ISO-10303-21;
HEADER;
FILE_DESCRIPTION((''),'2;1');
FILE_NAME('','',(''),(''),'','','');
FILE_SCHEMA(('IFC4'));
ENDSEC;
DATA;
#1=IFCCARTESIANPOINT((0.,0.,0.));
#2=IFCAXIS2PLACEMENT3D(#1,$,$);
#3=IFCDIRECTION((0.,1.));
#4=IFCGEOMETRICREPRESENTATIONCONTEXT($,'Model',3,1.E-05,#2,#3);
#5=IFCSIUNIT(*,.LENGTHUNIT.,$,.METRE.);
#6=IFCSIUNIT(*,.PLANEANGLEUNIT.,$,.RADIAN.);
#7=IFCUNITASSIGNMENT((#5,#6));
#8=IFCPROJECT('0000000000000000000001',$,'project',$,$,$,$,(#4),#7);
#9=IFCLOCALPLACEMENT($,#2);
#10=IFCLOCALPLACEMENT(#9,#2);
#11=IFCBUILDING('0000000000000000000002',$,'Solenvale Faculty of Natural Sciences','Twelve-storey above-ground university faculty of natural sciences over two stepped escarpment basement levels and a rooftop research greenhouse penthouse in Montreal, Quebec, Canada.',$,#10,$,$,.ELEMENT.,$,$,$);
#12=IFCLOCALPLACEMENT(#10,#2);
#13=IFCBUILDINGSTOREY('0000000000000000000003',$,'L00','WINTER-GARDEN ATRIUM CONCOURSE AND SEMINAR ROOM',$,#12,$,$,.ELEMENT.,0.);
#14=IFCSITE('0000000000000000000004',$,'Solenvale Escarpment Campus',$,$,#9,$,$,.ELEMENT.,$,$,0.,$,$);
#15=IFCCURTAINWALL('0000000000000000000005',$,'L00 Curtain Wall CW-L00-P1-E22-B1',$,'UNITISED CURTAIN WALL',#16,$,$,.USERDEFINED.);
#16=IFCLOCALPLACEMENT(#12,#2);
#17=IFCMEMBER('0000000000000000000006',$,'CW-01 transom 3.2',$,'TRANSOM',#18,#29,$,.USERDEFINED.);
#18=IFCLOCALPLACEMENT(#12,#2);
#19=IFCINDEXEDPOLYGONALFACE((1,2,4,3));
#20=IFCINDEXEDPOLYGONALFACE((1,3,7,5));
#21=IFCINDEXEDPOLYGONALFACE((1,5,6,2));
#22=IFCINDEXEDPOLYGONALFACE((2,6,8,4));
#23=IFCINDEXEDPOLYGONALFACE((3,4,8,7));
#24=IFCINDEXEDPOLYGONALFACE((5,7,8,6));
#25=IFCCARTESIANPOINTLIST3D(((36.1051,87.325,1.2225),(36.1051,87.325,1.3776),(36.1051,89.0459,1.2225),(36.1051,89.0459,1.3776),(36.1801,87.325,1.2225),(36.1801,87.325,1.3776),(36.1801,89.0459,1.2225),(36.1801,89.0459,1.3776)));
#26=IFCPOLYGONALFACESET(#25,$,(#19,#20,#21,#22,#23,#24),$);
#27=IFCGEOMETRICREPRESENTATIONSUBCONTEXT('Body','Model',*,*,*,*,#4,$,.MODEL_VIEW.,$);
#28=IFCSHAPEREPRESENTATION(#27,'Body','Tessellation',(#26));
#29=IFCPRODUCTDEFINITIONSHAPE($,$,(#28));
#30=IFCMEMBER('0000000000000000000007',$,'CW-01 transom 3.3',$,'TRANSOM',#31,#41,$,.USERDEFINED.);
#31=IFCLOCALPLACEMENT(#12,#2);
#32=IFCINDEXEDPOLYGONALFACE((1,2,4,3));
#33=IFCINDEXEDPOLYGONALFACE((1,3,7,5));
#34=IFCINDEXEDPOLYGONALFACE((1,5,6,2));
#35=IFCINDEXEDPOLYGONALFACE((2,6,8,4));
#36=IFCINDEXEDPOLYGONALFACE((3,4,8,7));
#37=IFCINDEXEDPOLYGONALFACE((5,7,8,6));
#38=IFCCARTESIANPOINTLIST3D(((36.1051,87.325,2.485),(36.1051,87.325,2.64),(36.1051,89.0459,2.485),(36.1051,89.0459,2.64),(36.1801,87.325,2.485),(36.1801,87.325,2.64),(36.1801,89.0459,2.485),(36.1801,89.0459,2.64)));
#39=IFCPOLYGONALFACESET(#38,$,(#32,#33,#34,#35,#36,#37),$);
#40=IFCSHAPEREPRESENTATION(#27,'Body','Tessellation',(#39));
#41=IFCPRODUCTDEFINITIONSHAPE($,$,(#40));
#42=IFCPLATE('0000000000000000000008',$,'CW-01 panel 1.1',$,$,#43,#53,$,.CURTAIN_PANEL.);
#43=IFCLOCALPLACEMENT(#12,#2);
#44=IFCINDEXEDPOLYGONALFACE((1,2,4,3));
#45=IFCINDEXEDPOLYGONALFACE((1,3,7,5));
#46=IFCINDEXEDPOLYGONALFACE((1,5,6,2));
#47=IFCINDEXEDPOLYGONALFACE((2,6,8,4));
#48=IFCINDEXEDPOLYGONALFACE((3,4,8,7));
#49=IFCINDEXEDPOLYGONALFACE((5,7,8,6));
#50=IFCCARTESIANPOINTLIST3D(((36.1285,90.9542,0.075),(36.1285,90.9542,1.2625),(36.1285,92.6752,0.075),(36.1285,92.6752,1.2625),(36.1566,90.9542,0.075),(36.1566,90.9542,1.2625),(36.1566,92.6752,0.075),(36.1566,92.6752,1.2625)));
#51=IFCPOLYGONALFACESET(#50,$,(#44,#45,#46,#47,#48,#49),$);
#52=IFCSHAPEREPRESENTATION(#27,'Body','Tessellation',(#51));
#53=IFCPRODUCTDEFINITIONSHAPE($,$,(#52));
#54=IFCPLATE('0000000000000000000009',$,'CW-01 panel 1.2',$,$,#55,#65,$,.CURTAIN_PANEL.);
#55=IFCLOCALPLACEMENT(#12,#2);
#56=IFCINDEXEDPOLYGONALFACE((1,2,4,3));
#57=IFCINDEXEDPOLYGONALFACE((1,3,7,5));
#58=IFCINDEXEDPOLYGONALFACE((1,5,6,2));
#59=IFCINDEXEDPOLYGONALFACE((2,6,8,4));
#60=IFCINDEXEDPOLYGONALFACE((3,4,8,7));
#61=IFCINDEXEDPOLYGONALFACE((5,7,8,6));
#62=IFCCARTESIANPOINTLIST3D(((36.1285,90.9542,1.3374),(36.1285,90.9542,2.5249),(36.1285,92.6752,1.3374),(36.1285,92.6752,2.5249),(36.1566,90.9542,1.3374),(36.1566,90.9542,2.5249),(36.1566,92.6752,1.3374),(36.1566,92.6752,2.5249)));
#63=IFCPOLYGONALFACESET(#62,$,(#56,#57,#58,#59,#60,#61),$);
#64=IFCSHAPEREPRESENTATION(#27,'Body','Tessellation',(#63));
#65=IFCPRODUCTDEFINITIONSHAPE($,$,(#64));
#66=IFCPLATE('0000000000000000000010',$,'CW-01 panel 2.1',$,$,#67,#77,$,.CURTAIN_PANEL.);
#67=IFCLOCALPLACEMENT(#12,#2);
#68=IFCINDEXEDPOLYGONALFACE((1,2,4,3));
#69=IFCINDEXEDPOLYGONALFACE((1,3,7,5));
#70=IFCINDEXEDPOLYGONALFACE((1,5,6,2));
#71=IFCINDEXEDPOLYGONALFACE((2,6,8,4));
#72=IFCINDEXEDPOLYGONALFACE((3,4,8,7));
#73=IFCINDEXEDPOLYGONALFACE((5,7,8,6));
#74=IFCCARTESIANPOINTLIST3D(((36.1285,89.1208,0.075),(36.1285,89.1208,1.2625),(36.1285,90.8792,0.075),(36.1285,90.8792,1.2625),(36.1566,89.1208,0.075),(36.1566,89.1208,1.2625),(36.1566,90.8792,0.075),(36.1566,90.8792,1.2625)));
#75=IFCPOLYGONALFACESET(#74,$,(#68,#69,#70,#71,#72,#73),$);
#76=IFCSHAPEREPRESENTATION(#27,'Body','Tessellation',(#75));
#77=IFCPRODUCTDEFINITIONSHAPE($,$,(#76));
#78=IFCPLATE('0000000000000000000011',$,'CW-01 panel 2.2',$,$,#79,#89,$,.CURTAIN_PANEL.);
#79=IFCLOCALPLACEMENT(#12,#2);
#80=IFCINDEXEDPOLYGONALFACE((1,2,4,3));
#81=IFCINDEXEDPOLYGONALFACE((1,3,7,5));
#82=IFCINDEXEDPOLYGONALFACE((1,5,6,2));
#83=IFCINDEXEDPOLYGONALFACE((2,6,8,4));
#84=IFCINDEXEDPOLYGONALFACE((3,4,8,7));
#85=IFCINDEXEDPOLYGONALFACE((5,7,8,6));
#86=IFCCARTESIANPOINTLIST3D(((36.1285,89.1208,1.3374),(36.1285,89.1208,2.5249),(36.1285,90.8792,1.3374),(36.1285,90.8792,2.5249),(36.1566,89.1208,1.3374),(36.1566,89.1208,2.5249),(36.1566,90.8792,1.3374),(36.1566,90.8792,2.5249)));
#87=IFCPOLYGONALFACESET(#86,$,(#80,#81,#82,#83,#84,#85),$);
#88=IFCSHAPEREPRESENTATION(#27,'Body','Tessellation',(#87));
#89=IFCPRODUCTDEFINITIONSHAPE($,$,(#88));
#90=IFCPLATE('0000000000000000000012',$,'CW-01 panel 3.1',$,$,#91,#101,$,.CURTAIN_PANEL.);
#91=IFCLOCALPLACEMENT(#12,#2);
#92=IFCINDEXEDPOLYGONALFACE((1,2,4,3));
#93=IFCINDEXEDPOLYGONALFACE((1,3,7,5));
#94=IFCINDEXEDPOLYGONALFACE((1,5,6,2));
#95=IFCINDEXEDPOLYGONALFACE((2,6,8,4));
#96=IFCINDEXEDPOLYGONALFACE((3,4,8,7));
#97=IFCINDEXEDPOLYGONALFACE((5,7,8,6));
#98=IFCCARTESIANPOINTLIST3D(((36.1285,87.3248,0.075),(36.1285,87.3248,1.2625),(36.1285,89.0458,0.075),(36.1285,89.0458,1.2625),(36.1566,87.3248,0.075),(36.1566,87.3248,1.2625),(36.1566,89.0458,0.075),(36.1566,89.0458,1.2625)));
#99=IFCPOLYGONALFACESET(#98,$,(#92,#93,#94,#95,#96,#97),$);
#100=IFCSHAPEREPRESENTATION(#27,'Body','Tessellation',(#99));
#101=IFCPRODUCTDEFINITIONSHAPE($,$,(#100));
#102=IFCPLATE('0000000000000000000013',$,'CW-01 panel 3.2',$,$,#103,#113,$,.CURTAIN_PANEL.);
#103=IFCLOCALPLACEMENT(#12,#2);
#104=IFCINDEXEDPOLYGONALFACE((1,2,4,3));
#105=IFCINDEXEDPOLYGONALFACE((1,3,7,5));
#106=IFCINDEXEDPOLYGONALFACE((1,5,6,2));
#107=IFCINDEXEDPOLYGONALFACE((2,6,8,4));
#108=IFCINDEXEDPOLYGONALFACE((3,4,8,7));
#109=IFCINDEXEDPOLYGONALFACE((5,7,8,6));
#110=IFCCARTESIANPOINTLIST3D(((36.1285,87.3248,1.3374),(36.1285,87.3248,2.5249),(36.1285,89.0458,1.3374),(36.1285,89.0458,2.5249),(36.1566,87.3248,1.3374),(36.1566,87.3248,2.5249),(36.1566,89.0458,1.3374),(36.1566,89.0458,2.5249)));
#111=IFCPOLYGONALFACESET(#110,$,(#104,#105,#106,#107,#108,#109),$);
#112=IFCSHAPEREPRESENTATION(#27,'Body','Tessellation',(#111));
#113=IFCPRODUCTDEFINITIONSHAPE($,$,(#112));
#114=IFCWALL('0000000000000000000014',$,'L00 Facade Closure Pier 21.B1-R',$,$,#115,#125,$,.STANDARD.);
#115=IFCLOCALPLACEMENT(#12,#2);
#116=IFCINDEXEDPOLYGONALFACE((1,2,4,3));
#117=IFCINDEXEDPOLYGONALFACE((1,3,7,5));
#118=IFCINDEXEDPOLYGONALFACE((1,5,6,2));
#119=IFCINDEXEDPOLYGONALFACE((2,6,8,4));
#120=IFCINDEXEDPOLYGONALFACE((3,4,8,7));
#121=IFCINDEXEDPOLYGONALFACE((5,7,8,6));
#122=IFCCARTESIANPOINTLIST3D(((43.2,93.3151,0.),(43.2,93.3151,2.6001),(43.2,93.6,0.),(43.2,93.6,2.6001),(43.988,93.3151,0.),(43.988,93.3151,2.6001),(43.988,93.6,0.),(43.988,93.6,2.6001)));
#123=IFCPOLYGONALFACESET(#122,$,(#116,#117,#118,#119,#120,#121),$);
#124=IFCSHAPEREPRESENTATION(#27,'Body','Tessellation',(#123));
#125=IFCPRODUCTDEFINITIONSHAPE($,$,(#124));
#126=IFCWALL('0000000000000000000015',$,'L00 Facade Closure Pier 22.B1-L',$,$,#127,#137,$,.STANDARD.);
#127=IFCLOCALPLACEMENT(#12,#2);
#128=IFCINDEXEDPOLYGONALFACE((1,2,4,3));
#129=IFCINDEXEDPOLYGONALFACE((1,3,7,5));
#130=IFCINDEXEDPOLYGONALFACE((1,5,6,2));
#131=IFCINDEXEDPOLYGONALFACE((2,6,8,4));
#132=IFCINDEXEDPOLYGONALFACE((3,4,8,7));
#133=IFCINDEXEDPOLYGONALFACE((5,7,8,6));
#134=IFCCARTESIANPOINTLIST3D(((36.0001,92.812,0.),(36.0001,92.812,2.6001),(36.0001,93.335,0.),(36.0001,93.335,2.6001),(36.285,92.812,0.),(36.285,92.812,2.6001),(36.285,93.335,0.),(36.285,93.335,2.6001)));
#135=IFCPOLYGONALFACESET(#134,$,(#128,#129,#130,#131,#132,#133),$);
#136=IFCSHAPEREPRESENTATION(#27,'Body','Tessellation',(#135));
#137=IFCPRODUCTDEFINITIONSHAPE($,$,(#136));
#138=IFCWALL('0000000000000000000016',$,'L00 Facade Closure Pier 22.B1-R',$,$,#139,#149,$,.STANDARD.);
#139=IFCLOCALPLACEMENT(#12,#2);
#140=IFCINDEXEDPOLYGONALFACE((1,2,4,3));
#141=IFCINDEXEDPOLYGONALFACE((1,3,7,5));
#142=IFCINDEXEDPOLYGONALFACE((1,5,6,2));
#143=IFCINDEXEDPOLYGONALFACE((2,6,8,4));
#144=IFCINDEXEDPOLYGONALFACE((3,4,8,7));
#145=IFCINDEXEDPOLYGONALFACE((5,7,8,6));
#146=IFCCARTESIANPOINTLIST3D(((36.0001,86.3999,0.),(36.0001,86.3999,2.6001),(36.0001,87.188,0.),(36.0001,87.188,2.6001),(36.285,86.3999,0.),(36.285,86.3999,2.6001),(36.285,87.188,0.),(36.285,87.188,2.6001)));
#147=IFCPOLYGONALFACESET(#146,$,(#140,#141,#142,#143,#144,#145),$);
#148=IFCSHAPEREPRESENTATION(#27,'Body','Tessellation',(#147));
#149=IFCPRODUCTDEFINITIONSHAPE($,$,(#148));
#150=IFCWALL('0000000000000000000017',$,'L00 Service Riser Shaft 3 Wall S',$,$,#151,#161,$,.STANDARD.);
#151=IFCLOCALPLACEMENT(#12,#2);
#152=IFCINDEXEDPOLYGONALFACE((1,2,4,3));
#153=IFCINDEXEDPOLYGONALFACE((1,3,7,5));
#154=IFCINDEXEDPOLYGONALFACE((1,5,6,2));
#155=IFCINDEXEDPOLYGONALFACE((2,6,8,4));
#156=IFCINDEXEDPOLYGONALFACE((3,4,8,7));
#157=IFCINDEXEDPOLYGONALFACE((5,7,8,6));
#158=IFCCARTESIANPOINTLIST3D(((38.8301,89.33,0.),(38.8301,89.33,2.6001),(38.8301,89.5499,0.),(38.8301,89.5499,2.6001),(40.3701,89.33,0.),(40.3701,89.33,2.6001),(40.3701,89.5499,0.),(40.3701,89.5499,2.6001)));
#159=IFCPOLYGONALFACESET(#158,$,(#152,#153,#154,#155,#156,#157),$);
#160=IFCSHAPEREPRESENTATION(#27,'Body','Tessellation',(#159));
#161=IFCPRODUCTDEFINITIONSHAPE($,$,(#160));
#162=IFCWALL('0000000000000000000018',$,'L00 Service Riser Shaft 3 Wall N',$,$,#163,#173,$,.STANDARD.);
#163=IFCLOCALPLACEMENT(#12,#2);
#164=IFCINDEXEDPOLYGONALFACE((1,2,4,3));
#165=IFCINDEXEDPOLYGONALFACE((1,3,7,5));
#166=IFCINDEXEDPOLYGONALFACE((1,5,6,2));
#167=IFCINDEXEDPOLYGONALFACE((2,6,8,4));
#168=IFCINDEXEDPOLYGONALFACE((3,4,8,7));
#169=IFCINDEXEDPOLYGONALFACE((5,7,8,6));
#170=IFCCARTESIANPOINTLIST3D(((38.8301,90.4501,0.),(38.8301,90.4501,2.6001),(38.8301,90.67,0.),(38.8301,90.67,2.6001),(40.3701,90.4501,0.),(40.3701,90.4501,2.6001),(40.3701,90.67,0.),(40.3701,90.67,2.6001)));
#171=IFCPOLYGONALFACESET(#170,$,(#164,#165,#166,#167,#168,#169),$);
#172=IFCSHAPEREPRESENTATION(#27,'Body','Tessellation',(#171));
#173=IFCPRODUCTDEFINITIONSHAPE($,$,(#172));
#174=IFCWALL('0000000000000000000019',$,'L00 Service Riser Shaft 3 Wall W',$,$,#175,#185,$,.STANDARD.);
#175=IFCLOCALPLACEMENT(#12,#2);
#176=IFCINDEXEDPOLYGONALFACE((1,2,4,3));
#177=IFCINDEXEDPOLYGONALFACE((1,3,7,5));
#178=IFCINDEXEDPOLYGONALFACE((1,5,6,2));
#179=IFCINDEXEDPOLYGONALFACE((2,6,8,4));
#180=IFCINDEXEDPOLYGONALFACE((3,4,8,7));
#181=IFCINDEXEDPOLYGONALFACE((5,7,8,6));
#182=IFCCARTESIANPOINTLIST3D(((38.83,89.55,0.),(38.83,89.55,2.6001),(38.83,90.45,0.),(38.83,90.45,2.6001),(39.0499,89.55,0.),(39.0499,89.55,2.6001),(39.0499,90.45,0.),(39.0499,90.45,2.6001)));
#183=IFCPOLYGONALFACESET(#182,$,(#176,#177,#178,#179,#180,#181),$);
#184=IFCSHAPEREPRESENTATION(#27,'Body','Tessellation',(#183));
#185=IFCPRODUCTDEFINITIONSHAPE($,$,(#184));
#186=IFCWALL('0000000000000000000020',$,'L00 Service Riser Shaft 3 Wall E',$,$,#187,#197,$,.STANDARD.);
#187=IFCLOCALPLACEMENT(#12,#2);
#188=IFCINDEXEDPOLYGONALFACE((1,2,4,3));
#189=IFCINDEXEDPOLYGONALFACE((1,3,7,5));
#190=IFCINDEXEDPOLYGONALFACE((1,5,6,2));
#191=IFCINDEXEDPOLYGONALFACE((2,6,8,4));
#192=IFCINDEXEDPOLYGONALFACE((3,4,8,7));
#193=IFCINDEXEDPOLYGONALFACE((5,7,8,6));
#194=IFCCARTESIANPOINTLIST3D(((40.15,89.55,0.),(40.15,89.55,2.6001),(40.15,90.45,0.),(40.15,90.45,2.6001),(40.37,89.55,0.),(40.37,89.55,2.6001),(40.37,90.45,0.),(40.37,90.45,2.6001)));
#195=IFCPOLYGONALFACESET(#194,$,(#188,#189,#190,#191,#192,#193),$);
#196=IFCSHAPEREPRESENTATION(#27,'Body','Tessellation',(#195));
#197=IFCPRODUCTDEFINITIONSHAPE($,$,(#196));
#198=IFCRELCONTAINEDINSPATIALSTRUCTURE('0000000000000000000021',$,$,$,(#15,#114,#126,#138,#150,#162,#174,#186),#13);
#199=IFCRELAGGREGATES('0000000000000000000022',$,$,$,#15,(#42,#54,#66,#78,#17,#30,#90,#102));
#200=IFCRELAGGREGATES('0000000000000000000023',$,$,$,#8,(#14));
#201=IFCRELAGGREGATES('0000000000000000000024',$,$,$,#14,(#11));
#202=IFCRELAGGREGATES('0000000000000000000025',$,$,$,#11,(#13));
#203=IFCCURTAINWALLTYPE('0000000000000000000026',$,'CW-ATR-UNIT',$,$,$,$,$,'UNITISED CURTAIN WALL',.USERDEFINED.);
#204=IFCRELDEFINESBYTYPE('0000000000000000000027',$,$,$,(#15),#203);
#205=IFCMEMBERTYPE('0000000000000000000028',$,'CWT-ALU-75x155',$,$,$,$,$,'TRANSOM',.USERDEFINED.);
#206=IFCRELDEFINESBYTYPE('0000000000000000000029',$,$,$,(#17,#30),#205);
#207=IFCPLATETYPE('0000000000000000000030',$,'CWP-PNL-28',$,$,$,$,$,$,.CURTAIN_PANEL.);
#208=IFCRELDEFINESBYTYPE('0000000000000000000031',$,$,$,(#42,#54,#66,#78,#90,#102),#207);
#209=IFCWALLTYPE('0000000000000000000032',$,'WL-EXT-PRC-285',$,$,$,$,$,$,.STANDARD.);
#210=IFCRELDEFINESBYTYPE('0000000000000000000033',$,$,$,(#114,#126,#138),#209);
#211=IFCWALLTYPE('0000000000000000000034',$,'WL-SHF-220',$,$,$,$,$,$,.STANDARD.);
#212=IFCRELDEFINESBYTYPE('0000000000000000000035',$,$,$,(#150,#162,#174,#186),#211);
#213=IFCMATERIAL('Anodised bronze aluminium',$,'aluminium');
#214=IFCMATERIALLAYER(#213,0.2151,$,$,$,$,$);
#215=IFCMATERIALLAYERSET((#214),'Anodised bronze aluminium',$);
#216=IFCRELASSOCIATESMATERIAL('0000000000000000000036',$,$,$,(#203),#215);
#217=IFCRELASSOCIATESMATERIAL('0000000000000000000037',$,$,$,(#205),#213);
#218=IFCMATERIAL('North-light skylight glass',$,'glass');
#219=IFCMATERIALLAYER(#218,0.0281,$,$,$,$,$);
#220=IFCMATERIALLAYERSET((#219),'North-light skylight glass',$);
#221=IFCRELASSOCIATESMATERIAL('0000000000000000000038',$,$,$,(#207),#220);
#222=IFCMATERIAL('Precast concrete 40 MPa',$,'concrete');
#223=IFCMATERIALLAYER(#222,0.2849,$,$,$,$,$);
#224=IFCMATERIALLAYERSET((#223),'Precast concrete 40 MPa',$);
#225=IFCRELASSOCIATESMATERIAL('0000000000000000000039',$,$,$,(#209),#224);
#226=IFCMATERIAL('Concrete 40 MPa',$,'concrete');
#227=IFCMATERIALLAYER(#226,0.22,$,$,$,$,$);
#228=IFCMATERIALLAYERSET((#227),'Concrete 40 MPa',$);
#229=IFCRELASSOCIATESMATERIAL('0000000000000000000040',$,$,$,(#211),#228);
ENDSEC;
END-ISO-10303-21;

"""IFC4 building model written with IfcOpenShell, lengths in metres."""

from ifc_helpers import new_model, si_unit, direction, frame, frame_2d, origin, origin_2d, place, context, subcontext, project, spatial, rectangle, extrude, material, layer, layer_set, material_profile, profile_set, type_object, element, aggregate, save


model = new_model("IFC4")

# Units and contexts
model_context = context("Model", 3, precision=1e-05, world=origin(), true_north=direction((0.0, 1.0)))
body_context = subcontext(model_context, "Body", "Model", "MODEL_VIEW")
ifc_project = project(units=[si_unit("LENGTHUNIT", "METRE"), si_unit("PLANEANGLEUNIT", "RADIAN")], contexts=[model_context])

# Site, building, storey
site_placement = place(None, origin())
site = spatial("IfcSite", under=ifc_project, at=site_placement, Name="Solenvale Escarpment Campus", CompositionType="ELEMENT", RefElevation=0.0)
building_placement = place(site_placement, origin())
building = spatial("IfcBuilding", under=site, at=building_placement, Name="Solenvale Faculty of Natural Sciences", Description="Twelve-storey above-ground university faculty of natural sciences over two stepped escarpment basement levels and a rooftop research greenhouse penthouse in Montreal, Quebec, Canada.", CompositionType="ELEMENT")
storey_placement = place(building_placement, origin())
storey = spatial("IfcBuildingStorey", under=building, at=storey_placement, Name="L00", Description="WINTER-GARDEN ATRIUM CONCOURSE AND SEMINAR ROOM", CompositionType="ELEMENT", Elevation=0.0)

# Shared definitions
ifc_material_1 = material(Name="Concrete 40 MPa", Category="concrete")

# Curtain wall, members, plates
ifc_material_2 = material(Name="Anodised bronze aluminium", Category="aluminium")
ifc_layer_1 = layer(ifc_material_2, 0.2151)
ifc_layer_set_1 = layer_set([ifc_layer_1], Name="Anodised bronze aluminium")
curtain_wall_type = type_object("IfcCurtainWallType", Name="CW-ATR-UNIT", ElementType="UNITISED CURTAIN WALL", PredefinedType="USERDEFINED", material=ifc_layer_set_1)
curtain_wall_placement = place(storey_placement, origin())
curtain_wall = element("IfcCurtainWall", 1, at=curtain_wall_placement, inside=storey, type_object=curtain_wall_type, Name="L00 Curtain Wall CW-L00-P1-E22-B1", ObjectType="UNITISED CURTAIN WALL", PredefinedType="USERDEFINED")
ifc_material_profile_1 = material_profile(ifc_material_2, rectangle(XDim=0.075, YDim=0.155, at=origin_2d()), Name="ALU-TRN-75x155")
ifc_profile_set_1 = profile_set([ifc_material_profile_1], Name="Anodised bronze aluminium")
member_type_1 = type_object("IfcMemberType", Name="CWT-ALU-75x155", ElementType="TRANSOM", PredefinedType="USERDEFINED", material=ifc_profile_set_1)
member_1_placement = place(storey_placement, frame((36.1426, 89.0459, 1.3), z_axis=(0.0, -1.0, 0.0), x_axis=(1.0, 0.0, 0.0)))
member_1 = element("IfcMember", 2, at=member_1_placement, type_object=member_type_1, Name="CW-01 transom 3.2", ObjectType="TRANSOM", PredefinedType="USERDEFINED", context=body_context, shape_type="SweptSolid", body=[
    extrude(rectangle(XDim=0.075, YDim=0.155, at=origin_2d()), origin(), (0.0, 0.0, 1.0), 1.7209),
])
member_2_placement = place(storey_placement, frame((36.1426, 89.0459, 2.5625), z_axis=(0.0, -1.0, 0.0), x_axis=(1.0, 0.0, 0.0)))
member_2 = element("IfcMember", 3, at=member_2_placement, type_object=member_type_1, Name="CW-01 transom 3.3", ObjectType="TRANSOM", PredefinedType="USERDEFINED", context=body_context, shape_type="SweptSolid", body=[
    extrude(rectangle(XDim=0.075, YDim=0.155, at=origin_2d()), origin(), (0.0, 0.0, 1.0), 1.7209),
])
ifc_material_3 = material(Name="North-light skylight glass", Category="glass")
ifc_layer_2 = layer(ifc_material_3, 0.0281)
ifc_layer_set_2 = layer_set([ifc_layer_2], Name="North-light skylight glass")
plate_type = type_object("IfcPlateType", Name="CWP-PNL-28", PredefinedType="CURTAIN_PANEL", material=ifc_layer_set_2)
plate_1_placement = place(storey_placement, frame((36.1426, 91.8147, 0.075), z_axis=(0.0, 0.0, 1.0), x_axis=(0.0, -1.0, 0.0)))
plate_1 = element("IfcPlate", 4, at=plate_1_placement, type_object=plate_type, Name="CW-01 panel 1.1", PredefinedType="CURTAIN_PANEL", context=body_context, shape_type="SweptSolid", body=[
    extrude(rectangle(XDim=1.7209, YDim=0.0281, at=origin_2d()), origin(), (0.0, 0.0, 1.0), 1.1875),
])
plate_2_placement = place(storey_placement, frame((36.1426, 91.8147, 1.3374), z_axis=(0.0, 0.0, 1.0), x_axis=(0.0, -1.0, 0.0)))
plate_2 = element("IfcPlate", 5, at=plate_2_placement, type_object=plate_type, Name="CW-01 panel 1.2", PredefinedType="CURTAIN_PANEL", context=body_context, shape_type="SweptSolid", body=[
    extrude(rectangle(XDim=1.7209, YDim=0.0281, at=origin_2d()), origin(), (0.0, 0.0, 1.0), 1.1875),
])
plate_3_placement = place(storey_placement, frame((36.1426, 90.0, 0.075), z_axis=(0.0, 0.0, 1.0), x_axis=(0.0, -1.0, 0.0)))
plate_3 = element("IfcPlate", 6, at=plate_3_placement, type_object=plate_type, Name="CW-01 panel 2.1", PredefinedType="CURTAIN_PANEL", context=body_context, shape_type="SweptSolid", body=[
    extrude(rectangle(XDim=1.7583, YDim=0.0281, at=origin_2d()), origin(), (0.0, 0.0, 1.0), 1.1875),
])
plate_4_placement = place(storey_placement, frame((36.1426, 90.0, 1.3374), z_axis=(0.0, 0.0, 1.0), x_axis=(0.0, -1.0, 0.0)))
plate_4 = element("IfcPlate", 7, at=plate_4_placement, type_object=plate_type, Name="CW-01 panel 2.2", PredefinedType="CURTAIN_PANEL", context=body_context, shape_type="SweptSolid", body=[
    extrude(rectangle(XDim=1.7583, YDim=0.0281, at=origin_2d()), origin(), (0.0, 0.0, 1.0), 1.1875),
])
plate_5_placement = place(storey_placement, frame((36.1426, 88.1853, 0.075), z_axis=(0.0, 0.0, 1.0), x_axis=(0.0, -1.0, 0.0)))
plate_5 = element("IfcPlate", 8, at=plate_5_placement, type_object=plate_type, Name="CW-01 panel 3.1", PredefinedType="CURTAIN_PANEL", context=body_context, shape_type="SweptSolid", body=[
    extrude(rectangle(XDim=1.7209, YDim=0.0281, at=origin_2d()), origin(), (0.0, 0.0, 1.0), 1.1875),
])
plate_6_placement = place(storey_placement, frame((36.1426, 88.1853, 1.3374), z_axis=(0.0, 0.0, 1.0), x_axis=(0.0, -1.0, 0.0)))
plate_6 = element("IfcPlate", 9, at=plate_6_placement, type_object=plate_type, Name="CW-01 panel 3.2", PredefinedType="CURTAIN_PANEL", context=body_context, shape_type="SweptSolid", body=[
    extrude(rectangle(XDim=1.7209, YDim=0.0281, at=origin_2d()), origin(), (0.0, 0.0, 1.0), 1.1875),
])
aggregate(curtain_wall, [plate_1, plate_2, plate_3, plate_4, member_1, member_2, plate_5, plate_6])

# Walls
ifc_material_4 = material(Name="Precast concrete 40 MPa", Category="concrete")
ifc_layer_3 = layer(ifc_material_4, 0.2849)
ifc_layer_set_3 = layer_set([ifc_layer_3], Name="Precast concrete 40 MPa")
wall_type_1 = type_object("IfcWallType", Name="WL-EXT-PRC-285", PredefinedType="STANDARD", material=ifc_layer_set_3)
wall_1_placement = place(storey_placement, frame((43.988, 93.4575, 0.0), z_axis=(0.0, 0.0, 1.0), x_axis=(-1.0, 0.0, 0.0)))
element("IfcWall", 10, at=wall_1_placement, inside=storey, type_object=wall_type_1, Name="L00 Facade Closure Pier 21.B1-R", PredefinedType="STANDARD", context=body_context, shape_type="SweptSolid", body=[
    extrude(rectangle(XDim=0.7881, YDim=0.2849, at=frame_2d((0.394, 0.0))), origin(), (0.0, 0.0, 1.0), 2.6001),
])
wall_2_placement = place(storey_placement, frame((36.1426, 93.335, 0.0), z_axis=(0.0, 0.0, 1.0), x_axis=(0.0, -1.0, 0.0)))
element("IfcWall", 11, at=wall_2_placement, inside=storey, type_object=wall_type_1, Name="L00 Facade Closure Pier 22.B1-L", PredefinedType="STANDARD", context=body_context, shape_type="SweptSolid", body=[
    extrude(rectangle(XDim=0.5229, YDim=0.2849, at=frame_2d((0.2615, 0.0))), origin(), (0.0, 0.0, 1.0), 2.6001),
])
wall_3_placement = place(storey_placement, frame((36.1426, 87.188, 0.0), z_axis=(0.0, 0.0, 1.0), x_axis=(0.0, -1.0, 0.0)))
element("IfcWall", 12, at=wall_3_placement, inside=storey, type_object=wall_type_1, Name="L00 Facade Closure Pier 22.B1-R", PredefinedType="STANDARD", context=body_context, shape_type="SweptSolid", body=[
    extrude(rectangle(XDim=0.7881, YDim=0.2849, at=frame_2d((0.394, 0.0))), origin(), (0.0, 0.0, 1.0), 2.6001),
])
ifc_layer_4 = layer(ifc_material_1, 0.22)
ifc_layer_set_4 = layer_set([ifc_layer_4], Name="Concrete 40 MPa")
wall_type_2 = type_object("IfcWallType", Name="WL-SHF-220", PredefinedType="STANDARD", material=ifc_layer_set_4)
for number, where, z_axis, x_axis, name in (
    (13, (38.8301, 89.4399, 0.0), (0.0, 0.0, 1.0), (1.0, 0.0, 0.0), "L00 Service Riser Shaft 3 Wall S"),
    (14, (38.8301, 90.5601, 0.0), (0.0, 0.0, 1.0), (1.0, 0.0, 0.0), "L00 Service Riser Shaft 3 Wall N"),
):
    element("IfcWall", number, at=place(storey_placement, frame(where, z_axis=z_axis, x_axis=x_axis)), inside=storey, type_object=wall_type_2, Name=name, PredefinedType="STANDARD", context=body_context, shape_type="SweptSolid", body=[
        extrude(rectangle(XDim=1.54, YDim=0.22, at=frame_2d((0.77, 0.0))), origin(), (0.0, 0.0, 1.0), 2.6001),
    ])
for number, where, z_axis, x_axis, name in (
    (15, (38.9399, 89.55, 0.0), (0.0, 0.0, 1.0), (0.0, 1.0, 0.0), "L00 Service Riser Shaft 3 Wall W"),
    (16, (40.26, 89.55, 0.0), (0.0, 0.0, 1.0), (0.0, 1.0, 0.0), "L00 Service Riser Shaft 3 Wall E"),
):
    element("IfcWall", number, at=place(storey_placement, frame(where, z_axis=z_axis, x_axis=x_axis)), inside=storey, type_object=wall_type_2, Name=name, PredefinedType="STANDARD", context=body_context, shape_type="SweptSolid", body=[
        extrude(rectangle(XDim=0.8999, YDim=0.22, at=frame_2d((0.45, 0.0))), origin(), (0.0, 0.0, 1.0), 2.6001),
    ])

save(model, "model.ifc")
